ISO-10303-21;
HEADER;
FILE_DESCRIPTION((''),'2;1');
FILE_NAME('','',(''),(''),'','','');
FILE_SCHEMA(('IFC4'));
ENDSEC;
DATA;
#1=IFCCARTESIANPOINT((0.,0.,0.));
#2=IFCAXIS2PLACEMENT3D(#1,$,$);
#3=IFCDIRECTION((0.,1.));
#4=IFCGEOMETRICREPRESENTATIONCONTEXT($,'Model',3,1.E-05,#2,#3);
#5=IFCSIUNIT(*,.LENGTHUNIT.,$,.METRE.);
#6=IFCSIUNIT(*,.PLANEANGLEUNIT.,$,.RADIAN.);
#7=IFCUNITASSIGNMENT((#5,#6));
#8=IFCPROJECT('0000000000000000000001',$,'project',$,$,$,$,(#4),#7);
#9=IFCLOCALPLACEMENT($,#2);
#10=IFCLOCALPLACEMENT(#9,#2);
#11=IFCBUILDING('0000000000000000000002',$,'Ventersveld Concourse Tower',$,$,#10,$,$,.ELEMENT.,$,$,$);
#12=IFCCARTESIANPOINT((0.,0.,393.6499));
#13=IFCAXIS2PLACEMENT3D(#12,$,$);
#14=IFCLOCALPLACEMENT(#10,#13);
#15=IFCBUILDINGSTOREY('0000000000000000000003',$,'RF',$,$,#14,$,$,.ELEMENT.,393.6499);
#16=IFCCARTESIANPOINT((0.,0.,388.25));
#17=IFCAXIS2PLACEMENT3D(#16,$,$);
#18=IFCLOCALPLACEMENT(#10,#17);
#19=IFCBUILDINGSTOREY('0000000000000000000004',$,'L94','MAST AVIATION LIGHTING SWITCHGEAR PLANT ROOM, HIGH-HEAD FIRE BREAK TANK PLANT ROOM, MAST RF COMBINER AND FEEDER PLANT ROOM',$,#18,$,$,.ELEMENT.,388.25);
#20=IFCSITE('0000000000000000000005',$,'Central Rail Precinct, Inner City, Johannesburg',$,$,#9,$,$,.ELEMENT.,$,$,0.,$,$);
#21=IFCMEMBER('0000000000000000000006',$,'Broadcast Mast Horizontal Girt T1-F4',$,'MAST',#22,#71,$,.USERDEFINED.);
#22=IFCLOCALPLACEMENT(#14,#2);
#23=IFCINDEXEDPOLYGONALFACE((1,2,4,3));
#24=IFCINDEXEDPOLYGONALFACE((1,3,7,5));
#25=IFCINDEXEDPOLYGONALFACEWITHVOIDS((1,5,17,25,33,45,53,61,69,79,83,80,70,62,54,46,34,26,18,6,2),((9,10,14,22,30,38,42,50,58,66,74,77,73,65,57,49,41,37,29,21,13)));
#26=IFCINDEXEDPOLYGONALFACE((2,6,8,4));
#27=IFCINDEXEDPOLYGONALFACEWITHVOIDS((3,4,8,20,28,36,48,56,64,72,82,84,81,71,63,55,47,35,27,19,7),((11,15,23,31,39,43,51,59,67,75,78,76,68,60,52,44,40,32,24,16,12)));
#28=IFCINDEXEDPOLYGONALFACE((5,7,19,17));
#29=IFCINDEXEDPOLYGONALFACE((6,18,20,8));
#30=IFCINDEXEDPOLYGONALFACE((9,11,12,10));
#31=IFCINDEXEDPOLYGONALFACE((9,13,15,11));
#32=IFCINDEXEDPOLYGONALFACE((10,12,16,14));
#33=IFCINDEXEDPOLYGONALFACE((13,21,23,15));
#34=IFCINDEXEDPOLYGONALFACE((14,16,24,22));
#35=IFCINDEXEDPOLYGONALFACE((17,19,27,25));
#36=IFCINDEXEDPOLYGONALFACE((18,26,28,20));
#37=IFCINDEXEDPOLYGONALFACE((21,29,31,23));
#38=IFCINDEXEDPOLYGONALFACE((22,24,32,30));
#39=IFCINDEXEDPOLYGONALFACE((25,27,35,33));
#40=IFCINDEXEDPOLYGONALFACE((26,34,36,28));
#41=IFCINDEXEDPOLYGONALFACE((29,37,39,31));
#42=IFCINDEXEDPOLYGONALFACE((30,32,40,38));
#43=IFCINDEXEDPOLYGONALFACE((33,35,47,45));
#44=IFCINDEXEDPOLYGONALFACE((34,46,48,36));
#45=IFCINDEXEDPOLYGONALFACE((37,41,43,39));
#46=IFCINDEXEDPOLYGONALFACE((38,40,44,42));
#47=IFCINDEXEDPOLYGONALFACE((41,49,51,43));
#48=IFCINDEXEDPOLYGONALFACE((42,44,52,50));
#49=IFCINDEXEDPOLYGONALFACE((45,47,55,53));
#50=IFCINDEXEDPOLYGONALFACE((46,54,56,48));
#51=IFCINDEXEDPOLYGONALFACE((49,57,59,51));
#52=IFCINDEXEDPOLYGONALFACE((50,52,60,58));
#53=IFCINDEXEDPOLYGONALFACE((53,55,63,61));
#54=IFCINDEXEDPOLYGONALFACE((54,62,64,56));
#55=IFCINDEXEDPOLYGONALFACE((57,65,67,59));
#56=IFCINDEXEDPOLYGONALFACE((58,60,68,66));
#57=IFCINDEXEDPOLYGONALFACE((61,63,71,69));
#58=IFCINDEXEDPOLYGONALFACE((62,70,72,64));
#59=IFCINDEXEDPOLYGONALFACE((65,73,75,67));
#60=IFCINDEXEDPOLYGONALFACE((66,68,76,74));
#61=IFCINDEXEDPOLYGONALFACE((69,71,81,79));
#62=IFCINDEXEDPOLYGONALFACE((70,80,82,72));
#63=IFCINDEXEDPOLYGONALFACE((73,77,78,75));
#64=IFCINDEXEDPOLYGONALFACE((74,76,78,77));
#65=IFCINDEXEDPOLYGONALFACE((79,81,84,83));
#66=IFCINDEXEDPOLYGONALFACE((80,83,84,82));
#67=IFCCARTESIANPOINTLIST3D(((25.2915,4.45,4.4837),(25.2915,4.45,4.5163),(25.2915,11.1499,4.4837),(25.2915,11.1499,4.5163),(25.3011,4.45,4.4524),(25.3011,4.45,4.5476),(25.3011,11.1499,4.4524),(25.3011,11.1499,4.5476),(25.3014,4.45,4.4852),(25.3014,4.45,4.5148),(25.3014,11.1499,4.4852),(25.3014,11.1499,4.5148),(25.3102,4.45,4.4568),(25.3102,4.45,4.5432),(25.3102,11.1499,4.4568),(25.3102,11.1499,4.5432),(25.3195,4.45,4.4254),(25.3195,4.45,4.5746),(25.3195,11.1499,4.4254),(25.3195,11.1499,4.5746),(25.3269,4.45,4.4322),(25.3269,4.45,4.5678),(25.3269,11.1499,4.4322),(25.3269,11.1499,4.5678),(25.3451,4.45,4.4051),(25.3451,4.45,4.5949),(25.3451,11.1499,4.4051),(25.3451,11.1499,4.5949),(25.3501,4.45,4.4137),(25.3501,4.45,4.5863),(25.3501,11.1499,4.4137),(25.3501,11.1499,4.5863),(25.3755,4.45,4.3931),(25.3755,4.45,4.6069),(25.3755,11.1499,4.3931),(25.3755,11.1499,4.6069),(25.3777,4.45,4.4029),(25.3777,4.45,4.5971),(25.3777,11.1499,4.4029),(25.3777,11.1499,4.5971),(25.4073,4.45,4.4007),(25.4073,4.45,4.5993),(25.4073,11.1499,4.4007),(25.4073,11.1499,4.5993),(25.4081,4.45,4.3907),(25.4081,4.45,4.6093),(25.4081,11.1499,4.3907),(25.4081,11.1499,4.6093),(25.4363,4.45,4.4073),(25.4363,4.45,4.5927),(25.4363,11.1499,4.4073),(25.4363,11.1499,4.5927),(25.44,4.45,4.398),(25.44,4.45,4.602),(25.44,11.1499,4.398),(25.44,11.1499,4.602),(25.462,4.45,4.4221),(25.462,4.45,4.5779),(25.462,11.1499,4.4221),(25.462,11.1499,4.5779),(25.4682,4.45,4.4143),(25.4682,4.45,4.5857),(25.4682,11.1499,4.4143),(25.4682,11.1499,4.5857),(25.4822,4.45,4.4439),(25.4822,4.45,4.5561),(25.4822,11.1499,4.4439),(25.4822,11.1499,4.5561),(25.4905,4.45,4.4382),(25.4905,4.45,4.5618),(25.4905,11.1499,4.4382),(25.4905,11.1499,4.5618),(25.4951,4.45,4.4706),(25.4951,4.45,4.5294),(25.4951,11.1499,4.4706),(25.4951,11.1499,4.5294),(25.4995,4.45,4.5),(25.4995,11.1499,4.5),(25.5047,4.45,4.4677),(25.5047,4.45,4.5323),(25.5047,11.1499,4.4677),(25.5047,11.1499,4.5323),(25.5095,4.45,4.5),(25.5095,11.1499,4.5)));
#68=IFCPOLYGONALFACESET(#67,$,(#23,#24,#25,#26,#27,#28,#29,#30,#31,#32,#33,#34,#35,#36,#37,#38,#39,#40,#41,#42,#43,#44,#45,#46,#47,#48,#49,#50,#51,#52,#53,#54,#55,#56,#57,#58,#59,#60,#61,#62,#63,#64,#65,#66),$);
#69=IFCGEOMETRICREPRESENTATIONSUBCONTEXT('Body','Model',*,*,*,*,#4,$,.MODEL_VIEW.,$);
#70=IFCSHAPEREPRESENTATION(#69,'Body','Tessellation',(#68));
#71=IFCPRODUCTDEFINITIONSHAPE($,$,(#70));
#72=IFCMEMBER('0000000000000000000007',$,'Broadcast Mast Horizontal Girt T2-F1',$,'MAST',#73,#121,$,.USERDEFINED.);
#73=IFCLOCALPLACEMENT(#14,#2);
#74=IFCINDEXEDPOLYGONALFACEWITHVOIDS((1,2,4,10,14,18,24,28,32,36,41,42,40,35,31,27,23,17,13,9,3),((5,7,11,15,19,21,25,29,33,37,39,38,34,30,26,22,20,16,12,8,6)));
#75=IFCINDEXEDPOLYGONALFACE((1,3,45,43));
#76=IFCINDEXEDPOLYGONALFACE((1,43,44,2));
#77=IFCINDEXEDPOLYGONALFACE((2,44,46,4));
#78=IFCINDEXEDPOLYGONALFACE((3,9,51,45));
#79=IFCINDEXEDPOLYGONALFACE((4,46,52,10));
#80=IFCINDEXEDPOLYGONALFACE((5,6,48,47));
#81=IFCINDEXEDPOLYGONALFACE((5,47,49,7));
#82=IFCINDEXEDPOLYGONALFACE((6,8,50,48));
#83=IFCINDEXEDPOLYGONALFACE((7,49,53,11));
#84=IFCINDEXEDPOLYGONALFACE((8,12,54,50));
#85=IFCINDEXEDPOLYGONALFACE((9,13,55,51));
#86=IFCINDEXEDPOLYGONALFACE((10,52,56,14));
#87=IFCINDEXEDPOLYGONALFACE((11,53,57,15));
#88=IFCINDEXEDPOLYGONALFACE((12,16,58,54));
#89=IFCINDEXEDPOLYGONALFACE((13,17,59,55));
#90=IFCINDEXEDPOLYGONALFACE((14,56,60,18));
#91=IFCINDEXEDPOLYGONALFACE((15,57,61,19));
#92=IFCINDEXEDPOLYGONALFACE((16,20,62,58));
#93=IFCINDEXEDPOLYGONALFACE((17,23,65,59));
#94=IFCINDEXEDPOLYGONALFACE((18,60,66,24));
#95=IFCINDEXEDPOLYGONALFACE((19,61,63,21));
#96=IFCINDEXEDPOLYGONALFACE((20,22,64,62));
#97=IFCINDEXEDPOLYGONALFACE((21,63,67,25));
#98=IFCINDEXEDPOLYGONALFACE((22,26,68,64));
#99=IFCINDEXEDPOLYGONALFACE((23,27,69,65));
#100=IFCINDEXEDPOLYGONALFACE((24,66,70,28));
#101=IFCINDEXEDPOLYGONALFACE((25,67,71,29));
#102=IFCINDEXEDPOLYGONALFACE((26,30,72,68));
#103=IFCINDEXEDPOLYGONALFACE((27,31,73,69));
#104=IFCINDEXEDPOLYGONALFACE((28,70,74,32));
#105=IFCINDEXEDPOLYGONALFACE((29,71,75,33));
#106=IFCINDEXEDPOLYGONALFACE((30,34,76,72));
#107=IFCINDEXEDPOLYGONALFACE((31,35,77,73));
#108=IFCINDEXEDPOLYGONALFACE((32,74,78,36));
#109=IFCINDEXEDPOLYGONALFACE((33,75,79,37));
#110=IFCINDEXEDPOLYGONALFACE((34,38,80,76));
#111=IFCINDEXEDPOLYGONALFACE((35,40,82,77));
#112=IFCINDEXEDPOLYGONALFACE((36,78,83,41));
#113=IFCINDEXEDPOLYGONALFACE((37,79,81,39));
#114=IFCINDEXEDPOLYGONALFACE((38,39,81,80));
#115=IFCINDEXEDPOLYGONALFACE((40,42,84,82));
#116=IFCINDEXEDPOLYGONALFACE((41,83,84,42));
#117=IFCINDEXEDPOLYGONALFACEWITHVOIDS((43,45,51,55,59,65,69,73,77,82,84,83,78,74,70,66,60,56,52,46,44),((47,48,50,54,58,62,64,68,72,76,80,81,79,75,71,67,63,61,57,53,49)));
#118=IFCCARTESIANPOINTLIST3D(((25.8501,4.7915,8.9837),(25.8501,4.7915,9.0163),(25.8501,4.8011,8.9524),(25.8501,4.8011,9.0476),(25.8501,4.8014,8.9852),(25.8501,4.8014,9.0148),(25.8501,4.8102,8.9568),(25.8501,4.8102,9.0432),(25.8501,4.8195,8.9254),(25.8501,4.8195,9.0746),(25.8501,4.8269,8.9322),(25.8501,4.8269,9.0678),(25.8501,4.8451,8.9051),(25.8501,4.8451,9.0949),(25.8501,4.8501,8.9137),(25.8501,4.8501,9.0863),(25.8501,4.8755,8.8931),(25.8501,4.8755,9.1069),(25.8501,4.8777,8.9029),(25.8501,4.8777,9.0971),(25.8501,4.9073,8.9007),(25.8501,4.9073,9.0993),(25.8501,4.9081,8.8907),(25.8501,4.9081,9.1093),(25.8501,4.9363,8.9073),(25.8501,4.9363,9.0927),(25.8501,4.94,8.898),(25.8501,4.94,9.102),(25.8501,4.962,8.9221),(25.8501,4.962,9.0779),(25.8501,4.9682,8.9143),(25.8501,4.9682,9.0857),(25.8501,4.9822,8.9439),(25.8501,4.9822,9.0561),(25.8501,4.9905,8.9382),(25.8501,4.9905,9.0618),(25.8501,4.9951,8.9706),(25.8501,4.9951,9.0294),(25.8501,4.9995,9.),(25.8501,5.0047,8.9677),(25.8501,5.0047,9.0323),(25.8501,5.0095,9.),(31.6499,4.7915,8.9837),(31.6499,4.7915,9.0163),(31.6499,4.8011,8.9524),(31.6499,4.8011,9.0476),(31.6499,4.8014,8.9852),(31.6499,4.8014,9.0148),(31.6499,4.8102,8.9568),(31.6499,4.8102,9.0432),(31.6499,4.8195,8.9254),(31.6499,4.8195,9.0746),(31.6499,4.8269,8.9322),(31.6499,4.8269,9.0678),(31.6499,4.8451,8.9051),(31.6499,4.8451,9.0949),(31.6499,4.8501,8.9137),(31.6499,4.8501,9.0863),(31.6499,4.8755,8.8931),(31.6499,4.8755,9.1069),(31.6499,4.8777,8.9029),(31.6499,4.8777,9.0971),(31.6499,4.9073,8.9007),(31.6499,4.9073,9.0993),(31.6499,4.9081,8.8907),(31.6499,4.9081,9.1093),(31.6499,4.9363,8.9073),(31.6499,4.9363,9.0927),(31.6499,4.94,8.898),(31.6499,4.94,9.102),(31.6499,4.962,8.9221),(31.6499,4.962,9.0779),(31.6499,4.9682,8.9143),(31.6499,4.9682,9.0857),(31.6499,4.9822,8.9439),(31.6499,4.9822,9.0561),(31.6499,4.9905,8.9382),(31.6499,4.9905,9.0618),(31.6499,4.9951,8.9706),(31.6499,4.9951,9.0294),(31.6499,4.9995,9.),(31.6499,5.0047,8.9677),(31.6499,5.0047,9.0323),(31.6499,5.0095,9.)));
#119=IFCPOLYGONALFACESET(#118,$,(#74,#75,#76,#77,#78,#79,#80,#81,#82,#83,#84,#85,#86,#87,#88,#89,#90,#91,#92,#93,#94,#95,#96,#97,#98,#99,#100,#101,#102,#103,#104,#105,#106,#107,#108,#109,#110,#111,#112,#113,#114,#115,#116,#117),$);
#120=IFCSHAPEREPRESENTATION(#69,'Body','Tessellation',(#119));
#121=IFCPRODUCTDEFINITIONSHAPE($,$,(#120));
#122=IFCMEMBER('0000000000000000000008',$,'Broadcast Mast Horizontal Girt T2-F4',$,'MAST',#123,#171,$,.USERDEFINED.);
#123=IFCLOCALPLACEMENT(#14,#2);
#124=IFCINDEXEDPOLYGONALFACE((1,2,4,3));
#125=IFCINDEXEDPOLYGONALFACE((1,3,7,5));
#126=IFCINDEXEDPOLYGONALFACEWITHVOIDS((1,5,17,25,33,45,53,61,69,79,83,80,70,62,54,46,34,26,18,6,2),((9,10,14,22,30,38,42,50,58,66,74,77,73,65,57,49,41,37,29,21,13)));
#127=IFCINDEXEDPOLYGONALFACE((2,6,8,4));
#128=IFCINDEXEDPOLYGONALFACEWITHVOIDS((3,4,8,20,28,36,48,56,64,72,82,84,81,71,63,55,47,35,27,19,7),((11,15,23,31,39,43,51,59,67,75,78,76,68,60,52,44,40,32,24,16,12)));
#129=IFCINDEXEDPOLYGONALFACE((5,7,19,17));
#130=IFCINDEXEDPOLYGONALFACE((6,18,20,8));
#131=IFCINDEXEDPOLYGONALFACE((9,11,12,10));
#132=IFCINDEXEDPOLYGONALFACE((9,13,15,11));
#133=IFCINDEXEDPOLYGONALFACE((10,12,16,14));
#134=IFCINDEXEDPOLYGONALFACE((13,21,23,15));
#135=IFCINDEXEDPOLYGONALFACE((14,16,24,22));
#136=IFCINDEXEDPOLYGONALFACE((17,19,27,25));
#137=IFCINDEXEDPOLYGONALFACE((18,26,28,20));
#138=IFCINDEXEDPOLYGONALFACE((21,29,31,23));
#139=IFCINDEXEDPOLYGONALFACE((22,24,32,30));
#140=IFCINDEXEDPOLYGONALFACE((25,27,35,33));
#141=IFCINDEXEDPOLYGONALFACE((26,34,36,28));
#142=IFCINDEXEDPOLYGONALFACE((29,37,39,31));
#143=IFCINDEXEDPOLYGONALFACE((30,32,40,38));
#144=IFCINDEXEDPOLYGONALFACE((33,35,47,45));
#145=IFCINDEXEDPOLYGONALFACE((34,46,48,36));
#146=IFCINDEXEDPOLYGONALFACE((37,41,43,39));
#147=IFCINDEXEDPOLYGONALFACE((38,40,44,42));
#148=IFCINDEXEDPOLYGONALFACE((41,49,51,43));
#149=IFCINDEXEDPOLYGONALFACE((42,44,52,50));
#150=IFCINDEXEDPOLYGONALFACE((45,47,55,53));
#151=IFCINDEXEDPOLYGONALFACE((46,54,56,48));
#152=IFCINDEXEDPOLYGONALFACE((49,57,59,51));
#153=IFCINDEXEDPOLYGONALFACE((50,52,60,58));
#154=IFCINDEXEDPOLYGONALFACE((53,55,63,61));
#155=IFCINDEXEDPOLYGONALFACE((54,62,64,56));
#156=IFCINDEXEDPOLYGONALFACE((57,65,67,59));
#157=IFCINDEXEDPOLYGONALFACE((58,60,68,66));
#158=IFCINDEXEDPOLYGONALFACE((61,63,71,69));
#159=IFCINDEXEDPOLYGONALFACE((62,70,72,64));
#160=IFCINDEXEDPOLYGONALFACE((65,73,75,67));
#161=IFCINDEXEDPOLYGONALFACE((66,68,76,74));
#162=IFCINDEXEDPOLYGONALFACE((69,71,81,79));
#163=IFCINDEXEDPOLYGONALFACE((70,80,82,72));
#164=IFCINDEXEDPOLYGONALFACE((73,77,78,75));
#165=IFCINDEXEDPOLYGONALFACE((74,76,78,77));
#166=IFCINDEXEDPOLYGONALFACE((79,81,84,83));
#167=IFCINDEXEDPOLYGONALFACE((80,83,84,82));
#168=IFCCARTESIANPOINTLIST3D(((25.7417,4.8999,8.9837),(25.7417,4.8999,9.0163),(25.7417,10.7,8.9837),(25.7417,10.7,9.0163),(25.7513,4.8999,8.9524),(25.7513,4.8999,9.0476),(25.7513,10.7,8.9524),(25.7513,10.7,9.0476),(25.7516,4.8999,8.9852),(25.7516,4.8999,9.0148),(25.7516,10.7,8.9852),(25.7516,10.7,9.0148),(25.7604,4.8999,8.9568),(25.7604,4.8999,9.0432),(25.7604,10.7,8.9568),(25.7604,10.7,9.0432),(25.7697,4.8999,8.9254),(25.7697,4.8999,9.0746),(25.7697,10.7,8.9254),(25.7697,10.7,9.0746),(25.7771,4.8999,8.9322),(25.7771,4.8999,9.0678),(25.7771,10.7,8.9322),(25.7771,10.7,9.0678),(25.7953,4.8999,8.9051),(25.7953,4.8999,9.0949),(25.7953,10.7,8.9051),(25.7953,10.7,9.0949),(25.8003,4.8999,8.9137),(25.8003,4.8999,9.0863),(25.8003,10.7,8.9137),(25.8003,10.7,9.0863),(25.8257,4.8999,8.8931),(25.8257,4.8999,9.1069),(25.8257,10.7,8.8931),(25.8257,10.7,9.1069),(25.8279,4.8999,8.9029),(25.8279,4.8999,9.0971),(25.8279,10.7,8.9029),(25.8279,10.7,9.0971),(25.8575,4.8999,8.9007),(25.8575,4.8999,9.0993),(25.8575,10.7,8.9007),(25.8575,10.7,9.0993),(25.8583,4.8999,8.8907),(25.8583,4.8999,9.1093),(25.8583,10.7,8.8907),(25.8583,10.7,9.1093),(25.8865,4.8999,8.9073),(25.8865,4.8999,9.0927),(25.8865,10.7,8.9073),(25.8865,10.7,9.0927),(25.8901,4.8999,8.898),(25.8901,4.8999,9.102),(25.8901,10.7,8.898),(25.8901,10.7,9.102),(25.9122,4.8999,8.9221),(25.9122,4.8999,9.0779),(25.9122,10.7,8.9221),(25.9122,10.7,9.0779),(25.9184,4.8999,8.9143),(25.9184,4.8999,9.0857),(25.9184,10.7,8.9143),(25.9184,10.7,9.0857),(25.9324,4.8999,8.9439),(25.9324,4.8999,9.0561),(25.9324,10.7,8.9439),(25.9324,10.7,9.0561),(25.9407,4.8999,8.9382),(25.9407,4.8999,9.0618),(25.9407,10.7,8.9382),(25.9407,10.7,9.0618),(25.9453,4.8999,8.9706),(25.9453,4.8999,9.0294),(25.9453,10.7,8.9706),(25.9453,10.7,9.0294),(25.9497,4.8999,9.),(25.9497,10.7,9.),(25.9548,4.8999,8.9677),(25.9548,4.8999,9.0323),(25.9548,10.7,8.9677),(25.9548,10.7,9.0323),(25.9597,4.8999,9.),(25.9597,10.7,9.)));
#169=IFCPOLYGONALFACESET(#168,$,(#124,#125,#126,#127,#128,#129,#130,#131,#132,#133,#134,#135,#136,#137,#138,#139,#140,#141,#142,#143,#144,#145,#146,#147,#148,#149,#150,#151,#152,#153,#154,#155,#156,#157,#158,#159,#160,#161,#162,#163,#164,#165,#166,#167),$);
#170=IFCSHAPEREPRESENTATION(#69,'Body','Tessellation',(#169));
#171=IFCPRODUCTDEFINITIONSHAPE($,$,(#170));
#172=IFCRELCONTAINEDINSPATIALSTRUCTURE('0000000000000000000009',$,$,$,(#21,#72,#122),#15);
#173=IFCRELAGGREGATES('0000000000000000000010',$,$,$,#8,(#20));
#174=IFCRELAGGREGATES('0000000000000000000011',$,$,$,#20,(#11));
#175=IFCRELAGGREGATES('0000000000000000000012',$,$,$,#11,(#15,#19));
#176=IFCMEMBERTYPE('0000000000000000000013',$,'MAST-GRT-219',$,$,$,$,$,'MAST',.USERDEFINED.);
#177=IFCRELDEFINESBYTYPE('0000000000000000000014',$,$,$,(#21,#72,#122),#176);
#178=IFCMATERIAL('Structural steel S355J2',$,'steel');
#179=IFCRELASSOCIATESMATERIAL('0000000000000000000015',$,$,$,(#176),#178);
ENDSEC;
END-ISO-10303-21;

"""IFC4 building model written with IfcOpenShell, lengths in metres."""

from ifc_helpers import new_model, si_unit, direction, frame, origin, origin_2d, place, context, subcontext, project, spatial, hollow_circle, extrude, material, material_profile, profile_set, type_object, element, save


model = new_model("IFC4")

# Units and contexts
model_context = context("Model", 3, precision=1e-05, world=origin(), true_north=direction((0.0, 1.0)))
body_context = subcontext(model_context, "Body", "Model", "MODEL_VIEW")
ifc_project = project(units=[si_unit("LENGTHUNIT", "METRE"), si_unit("PLANEANGLEUNIT", "RADIAN")], contexts=[model_context])

# Site, building, storey
site_placement = place(None, origin())
site = spatial("IfcSite", under=ifc_project, at=site_placement, Name="Central Rail Precinct, Inner City, Johannesburg", CompositionType="ELEMENT", RefElevation=0.0)
building_placement = place(site_placement, origin())
building = spatial("IfcBuilding", under=site, at=building_placement, Name="Ventersveld Concourse Tower", CompositionType="ELEMENT")
storey_1_placement = place(building_placement, frame((0.0, 0.0, 393.6499)))
storey_1 = spatial("IfcBuildingStorey", under=building, at=storey_1_placement, Name="RF", CompositionType="ELEMENT", Elevation=393.6499)

# Members
ifc_material_1 = material(Name="Structural steel S355J2", Category="steel")
ifc_material_profile_1 = material_profile(ifc_material_1, hollow_circle(Radius=0.1096, WallThickness=0.01, at=origin_2d()), Name="CHS 219.1x10")
ifc_profile_set_1 = profile_set([ifc_material_profile_1], Name="Structural steel S355J2")
member_type_1 = type_object("IfcMemberType", Name="MAST-GRT-219", ElementType="MAST", PredefinedType="USERDEFINED", material=ifc_profile_set_1)
member_1_placement = place(storey_1_placement, frame((25.3999, 11.1499, 4.5), z_axis=(0.0, -1.0, 0.0), x_axis=(1.0, 0.0, 0.0)))
element("IfcMember", 1, at=member_1_placement, inside=storey_1, type_object=member_type_1, Name="Broadcast Mast Horizontal Girt T1-F4", ObjectType="MAST", PredefinedType="USERDEFINED", context=body_context, shape_type="SweptSolid", body=[
    extrude(hollow_circle(Radius=0.1096, WallThickness=0.01, at=origin_2d()), origin(), (0.0, 0.0, 1.0), 6.7),
])
member_2_placement = place(storey_1_placement, frame((25.8501, 4.8999, 9.0), z_axis=(1.0, 0.0, 0.0), x_axis=(0.0, 1.0, 0.0)))
element("IfcMember", 2, at=member_2_placement, inside=storey_1, type_object=member_type_1, Name="Broadcast Mast Horizontal Girt T2-F1", ObjectType="MAST", PredefinedType="USERDEFINED", context=body_context, shape_type="SweptSolid", body=[
    extrude(hollow_circle(Radius=0.1096, WallThickness=0.01, at=origin_2d()), origin(), (0.0, 0.0, 1.0), 5.7998),
])
member_3_placement = place(storey_1_placement, frame((25.8501, 10.7, 9.0), z_axis=(0.0, -1.0, 0.0), x_axis=(1.0, 0.0, 0.0)))
element("IfcMember", 3, at=member_3_placement, inside=storey_1, type_object=member_type_1, Name="Broadcast Mast Horizontal Girt T2-F4", ObjectType="MAST", PredefinedType="USERDEFINED", context=body_context, shape_type="SweptSolid", body=[
    extrude(hollow_circle(Radius=0.1096, WallThickness=0.01, at=origin_2d()), origin(), (0.0, 0.0, 1.0), 5.8),
])

# Shared definitions
storey_2_placement = place(building_placement, frame((0.0, 0.0, 388.25)))
storey_2 = spatial("IfcBuildingStorey", under=building, at=storey_2_placement, Name="L94", Description="MAST AVIATION LIGHTING SWITCHGEAR PLANT ROOM, HIGH-HEAD FIRE BREAK TANK PLANT ROOM, MAST RF COMBINER AND FEEDER PLANT ROOM", CompositionType="ELEMENT", Elevation=388.25)

save(model, "model.ifc")
